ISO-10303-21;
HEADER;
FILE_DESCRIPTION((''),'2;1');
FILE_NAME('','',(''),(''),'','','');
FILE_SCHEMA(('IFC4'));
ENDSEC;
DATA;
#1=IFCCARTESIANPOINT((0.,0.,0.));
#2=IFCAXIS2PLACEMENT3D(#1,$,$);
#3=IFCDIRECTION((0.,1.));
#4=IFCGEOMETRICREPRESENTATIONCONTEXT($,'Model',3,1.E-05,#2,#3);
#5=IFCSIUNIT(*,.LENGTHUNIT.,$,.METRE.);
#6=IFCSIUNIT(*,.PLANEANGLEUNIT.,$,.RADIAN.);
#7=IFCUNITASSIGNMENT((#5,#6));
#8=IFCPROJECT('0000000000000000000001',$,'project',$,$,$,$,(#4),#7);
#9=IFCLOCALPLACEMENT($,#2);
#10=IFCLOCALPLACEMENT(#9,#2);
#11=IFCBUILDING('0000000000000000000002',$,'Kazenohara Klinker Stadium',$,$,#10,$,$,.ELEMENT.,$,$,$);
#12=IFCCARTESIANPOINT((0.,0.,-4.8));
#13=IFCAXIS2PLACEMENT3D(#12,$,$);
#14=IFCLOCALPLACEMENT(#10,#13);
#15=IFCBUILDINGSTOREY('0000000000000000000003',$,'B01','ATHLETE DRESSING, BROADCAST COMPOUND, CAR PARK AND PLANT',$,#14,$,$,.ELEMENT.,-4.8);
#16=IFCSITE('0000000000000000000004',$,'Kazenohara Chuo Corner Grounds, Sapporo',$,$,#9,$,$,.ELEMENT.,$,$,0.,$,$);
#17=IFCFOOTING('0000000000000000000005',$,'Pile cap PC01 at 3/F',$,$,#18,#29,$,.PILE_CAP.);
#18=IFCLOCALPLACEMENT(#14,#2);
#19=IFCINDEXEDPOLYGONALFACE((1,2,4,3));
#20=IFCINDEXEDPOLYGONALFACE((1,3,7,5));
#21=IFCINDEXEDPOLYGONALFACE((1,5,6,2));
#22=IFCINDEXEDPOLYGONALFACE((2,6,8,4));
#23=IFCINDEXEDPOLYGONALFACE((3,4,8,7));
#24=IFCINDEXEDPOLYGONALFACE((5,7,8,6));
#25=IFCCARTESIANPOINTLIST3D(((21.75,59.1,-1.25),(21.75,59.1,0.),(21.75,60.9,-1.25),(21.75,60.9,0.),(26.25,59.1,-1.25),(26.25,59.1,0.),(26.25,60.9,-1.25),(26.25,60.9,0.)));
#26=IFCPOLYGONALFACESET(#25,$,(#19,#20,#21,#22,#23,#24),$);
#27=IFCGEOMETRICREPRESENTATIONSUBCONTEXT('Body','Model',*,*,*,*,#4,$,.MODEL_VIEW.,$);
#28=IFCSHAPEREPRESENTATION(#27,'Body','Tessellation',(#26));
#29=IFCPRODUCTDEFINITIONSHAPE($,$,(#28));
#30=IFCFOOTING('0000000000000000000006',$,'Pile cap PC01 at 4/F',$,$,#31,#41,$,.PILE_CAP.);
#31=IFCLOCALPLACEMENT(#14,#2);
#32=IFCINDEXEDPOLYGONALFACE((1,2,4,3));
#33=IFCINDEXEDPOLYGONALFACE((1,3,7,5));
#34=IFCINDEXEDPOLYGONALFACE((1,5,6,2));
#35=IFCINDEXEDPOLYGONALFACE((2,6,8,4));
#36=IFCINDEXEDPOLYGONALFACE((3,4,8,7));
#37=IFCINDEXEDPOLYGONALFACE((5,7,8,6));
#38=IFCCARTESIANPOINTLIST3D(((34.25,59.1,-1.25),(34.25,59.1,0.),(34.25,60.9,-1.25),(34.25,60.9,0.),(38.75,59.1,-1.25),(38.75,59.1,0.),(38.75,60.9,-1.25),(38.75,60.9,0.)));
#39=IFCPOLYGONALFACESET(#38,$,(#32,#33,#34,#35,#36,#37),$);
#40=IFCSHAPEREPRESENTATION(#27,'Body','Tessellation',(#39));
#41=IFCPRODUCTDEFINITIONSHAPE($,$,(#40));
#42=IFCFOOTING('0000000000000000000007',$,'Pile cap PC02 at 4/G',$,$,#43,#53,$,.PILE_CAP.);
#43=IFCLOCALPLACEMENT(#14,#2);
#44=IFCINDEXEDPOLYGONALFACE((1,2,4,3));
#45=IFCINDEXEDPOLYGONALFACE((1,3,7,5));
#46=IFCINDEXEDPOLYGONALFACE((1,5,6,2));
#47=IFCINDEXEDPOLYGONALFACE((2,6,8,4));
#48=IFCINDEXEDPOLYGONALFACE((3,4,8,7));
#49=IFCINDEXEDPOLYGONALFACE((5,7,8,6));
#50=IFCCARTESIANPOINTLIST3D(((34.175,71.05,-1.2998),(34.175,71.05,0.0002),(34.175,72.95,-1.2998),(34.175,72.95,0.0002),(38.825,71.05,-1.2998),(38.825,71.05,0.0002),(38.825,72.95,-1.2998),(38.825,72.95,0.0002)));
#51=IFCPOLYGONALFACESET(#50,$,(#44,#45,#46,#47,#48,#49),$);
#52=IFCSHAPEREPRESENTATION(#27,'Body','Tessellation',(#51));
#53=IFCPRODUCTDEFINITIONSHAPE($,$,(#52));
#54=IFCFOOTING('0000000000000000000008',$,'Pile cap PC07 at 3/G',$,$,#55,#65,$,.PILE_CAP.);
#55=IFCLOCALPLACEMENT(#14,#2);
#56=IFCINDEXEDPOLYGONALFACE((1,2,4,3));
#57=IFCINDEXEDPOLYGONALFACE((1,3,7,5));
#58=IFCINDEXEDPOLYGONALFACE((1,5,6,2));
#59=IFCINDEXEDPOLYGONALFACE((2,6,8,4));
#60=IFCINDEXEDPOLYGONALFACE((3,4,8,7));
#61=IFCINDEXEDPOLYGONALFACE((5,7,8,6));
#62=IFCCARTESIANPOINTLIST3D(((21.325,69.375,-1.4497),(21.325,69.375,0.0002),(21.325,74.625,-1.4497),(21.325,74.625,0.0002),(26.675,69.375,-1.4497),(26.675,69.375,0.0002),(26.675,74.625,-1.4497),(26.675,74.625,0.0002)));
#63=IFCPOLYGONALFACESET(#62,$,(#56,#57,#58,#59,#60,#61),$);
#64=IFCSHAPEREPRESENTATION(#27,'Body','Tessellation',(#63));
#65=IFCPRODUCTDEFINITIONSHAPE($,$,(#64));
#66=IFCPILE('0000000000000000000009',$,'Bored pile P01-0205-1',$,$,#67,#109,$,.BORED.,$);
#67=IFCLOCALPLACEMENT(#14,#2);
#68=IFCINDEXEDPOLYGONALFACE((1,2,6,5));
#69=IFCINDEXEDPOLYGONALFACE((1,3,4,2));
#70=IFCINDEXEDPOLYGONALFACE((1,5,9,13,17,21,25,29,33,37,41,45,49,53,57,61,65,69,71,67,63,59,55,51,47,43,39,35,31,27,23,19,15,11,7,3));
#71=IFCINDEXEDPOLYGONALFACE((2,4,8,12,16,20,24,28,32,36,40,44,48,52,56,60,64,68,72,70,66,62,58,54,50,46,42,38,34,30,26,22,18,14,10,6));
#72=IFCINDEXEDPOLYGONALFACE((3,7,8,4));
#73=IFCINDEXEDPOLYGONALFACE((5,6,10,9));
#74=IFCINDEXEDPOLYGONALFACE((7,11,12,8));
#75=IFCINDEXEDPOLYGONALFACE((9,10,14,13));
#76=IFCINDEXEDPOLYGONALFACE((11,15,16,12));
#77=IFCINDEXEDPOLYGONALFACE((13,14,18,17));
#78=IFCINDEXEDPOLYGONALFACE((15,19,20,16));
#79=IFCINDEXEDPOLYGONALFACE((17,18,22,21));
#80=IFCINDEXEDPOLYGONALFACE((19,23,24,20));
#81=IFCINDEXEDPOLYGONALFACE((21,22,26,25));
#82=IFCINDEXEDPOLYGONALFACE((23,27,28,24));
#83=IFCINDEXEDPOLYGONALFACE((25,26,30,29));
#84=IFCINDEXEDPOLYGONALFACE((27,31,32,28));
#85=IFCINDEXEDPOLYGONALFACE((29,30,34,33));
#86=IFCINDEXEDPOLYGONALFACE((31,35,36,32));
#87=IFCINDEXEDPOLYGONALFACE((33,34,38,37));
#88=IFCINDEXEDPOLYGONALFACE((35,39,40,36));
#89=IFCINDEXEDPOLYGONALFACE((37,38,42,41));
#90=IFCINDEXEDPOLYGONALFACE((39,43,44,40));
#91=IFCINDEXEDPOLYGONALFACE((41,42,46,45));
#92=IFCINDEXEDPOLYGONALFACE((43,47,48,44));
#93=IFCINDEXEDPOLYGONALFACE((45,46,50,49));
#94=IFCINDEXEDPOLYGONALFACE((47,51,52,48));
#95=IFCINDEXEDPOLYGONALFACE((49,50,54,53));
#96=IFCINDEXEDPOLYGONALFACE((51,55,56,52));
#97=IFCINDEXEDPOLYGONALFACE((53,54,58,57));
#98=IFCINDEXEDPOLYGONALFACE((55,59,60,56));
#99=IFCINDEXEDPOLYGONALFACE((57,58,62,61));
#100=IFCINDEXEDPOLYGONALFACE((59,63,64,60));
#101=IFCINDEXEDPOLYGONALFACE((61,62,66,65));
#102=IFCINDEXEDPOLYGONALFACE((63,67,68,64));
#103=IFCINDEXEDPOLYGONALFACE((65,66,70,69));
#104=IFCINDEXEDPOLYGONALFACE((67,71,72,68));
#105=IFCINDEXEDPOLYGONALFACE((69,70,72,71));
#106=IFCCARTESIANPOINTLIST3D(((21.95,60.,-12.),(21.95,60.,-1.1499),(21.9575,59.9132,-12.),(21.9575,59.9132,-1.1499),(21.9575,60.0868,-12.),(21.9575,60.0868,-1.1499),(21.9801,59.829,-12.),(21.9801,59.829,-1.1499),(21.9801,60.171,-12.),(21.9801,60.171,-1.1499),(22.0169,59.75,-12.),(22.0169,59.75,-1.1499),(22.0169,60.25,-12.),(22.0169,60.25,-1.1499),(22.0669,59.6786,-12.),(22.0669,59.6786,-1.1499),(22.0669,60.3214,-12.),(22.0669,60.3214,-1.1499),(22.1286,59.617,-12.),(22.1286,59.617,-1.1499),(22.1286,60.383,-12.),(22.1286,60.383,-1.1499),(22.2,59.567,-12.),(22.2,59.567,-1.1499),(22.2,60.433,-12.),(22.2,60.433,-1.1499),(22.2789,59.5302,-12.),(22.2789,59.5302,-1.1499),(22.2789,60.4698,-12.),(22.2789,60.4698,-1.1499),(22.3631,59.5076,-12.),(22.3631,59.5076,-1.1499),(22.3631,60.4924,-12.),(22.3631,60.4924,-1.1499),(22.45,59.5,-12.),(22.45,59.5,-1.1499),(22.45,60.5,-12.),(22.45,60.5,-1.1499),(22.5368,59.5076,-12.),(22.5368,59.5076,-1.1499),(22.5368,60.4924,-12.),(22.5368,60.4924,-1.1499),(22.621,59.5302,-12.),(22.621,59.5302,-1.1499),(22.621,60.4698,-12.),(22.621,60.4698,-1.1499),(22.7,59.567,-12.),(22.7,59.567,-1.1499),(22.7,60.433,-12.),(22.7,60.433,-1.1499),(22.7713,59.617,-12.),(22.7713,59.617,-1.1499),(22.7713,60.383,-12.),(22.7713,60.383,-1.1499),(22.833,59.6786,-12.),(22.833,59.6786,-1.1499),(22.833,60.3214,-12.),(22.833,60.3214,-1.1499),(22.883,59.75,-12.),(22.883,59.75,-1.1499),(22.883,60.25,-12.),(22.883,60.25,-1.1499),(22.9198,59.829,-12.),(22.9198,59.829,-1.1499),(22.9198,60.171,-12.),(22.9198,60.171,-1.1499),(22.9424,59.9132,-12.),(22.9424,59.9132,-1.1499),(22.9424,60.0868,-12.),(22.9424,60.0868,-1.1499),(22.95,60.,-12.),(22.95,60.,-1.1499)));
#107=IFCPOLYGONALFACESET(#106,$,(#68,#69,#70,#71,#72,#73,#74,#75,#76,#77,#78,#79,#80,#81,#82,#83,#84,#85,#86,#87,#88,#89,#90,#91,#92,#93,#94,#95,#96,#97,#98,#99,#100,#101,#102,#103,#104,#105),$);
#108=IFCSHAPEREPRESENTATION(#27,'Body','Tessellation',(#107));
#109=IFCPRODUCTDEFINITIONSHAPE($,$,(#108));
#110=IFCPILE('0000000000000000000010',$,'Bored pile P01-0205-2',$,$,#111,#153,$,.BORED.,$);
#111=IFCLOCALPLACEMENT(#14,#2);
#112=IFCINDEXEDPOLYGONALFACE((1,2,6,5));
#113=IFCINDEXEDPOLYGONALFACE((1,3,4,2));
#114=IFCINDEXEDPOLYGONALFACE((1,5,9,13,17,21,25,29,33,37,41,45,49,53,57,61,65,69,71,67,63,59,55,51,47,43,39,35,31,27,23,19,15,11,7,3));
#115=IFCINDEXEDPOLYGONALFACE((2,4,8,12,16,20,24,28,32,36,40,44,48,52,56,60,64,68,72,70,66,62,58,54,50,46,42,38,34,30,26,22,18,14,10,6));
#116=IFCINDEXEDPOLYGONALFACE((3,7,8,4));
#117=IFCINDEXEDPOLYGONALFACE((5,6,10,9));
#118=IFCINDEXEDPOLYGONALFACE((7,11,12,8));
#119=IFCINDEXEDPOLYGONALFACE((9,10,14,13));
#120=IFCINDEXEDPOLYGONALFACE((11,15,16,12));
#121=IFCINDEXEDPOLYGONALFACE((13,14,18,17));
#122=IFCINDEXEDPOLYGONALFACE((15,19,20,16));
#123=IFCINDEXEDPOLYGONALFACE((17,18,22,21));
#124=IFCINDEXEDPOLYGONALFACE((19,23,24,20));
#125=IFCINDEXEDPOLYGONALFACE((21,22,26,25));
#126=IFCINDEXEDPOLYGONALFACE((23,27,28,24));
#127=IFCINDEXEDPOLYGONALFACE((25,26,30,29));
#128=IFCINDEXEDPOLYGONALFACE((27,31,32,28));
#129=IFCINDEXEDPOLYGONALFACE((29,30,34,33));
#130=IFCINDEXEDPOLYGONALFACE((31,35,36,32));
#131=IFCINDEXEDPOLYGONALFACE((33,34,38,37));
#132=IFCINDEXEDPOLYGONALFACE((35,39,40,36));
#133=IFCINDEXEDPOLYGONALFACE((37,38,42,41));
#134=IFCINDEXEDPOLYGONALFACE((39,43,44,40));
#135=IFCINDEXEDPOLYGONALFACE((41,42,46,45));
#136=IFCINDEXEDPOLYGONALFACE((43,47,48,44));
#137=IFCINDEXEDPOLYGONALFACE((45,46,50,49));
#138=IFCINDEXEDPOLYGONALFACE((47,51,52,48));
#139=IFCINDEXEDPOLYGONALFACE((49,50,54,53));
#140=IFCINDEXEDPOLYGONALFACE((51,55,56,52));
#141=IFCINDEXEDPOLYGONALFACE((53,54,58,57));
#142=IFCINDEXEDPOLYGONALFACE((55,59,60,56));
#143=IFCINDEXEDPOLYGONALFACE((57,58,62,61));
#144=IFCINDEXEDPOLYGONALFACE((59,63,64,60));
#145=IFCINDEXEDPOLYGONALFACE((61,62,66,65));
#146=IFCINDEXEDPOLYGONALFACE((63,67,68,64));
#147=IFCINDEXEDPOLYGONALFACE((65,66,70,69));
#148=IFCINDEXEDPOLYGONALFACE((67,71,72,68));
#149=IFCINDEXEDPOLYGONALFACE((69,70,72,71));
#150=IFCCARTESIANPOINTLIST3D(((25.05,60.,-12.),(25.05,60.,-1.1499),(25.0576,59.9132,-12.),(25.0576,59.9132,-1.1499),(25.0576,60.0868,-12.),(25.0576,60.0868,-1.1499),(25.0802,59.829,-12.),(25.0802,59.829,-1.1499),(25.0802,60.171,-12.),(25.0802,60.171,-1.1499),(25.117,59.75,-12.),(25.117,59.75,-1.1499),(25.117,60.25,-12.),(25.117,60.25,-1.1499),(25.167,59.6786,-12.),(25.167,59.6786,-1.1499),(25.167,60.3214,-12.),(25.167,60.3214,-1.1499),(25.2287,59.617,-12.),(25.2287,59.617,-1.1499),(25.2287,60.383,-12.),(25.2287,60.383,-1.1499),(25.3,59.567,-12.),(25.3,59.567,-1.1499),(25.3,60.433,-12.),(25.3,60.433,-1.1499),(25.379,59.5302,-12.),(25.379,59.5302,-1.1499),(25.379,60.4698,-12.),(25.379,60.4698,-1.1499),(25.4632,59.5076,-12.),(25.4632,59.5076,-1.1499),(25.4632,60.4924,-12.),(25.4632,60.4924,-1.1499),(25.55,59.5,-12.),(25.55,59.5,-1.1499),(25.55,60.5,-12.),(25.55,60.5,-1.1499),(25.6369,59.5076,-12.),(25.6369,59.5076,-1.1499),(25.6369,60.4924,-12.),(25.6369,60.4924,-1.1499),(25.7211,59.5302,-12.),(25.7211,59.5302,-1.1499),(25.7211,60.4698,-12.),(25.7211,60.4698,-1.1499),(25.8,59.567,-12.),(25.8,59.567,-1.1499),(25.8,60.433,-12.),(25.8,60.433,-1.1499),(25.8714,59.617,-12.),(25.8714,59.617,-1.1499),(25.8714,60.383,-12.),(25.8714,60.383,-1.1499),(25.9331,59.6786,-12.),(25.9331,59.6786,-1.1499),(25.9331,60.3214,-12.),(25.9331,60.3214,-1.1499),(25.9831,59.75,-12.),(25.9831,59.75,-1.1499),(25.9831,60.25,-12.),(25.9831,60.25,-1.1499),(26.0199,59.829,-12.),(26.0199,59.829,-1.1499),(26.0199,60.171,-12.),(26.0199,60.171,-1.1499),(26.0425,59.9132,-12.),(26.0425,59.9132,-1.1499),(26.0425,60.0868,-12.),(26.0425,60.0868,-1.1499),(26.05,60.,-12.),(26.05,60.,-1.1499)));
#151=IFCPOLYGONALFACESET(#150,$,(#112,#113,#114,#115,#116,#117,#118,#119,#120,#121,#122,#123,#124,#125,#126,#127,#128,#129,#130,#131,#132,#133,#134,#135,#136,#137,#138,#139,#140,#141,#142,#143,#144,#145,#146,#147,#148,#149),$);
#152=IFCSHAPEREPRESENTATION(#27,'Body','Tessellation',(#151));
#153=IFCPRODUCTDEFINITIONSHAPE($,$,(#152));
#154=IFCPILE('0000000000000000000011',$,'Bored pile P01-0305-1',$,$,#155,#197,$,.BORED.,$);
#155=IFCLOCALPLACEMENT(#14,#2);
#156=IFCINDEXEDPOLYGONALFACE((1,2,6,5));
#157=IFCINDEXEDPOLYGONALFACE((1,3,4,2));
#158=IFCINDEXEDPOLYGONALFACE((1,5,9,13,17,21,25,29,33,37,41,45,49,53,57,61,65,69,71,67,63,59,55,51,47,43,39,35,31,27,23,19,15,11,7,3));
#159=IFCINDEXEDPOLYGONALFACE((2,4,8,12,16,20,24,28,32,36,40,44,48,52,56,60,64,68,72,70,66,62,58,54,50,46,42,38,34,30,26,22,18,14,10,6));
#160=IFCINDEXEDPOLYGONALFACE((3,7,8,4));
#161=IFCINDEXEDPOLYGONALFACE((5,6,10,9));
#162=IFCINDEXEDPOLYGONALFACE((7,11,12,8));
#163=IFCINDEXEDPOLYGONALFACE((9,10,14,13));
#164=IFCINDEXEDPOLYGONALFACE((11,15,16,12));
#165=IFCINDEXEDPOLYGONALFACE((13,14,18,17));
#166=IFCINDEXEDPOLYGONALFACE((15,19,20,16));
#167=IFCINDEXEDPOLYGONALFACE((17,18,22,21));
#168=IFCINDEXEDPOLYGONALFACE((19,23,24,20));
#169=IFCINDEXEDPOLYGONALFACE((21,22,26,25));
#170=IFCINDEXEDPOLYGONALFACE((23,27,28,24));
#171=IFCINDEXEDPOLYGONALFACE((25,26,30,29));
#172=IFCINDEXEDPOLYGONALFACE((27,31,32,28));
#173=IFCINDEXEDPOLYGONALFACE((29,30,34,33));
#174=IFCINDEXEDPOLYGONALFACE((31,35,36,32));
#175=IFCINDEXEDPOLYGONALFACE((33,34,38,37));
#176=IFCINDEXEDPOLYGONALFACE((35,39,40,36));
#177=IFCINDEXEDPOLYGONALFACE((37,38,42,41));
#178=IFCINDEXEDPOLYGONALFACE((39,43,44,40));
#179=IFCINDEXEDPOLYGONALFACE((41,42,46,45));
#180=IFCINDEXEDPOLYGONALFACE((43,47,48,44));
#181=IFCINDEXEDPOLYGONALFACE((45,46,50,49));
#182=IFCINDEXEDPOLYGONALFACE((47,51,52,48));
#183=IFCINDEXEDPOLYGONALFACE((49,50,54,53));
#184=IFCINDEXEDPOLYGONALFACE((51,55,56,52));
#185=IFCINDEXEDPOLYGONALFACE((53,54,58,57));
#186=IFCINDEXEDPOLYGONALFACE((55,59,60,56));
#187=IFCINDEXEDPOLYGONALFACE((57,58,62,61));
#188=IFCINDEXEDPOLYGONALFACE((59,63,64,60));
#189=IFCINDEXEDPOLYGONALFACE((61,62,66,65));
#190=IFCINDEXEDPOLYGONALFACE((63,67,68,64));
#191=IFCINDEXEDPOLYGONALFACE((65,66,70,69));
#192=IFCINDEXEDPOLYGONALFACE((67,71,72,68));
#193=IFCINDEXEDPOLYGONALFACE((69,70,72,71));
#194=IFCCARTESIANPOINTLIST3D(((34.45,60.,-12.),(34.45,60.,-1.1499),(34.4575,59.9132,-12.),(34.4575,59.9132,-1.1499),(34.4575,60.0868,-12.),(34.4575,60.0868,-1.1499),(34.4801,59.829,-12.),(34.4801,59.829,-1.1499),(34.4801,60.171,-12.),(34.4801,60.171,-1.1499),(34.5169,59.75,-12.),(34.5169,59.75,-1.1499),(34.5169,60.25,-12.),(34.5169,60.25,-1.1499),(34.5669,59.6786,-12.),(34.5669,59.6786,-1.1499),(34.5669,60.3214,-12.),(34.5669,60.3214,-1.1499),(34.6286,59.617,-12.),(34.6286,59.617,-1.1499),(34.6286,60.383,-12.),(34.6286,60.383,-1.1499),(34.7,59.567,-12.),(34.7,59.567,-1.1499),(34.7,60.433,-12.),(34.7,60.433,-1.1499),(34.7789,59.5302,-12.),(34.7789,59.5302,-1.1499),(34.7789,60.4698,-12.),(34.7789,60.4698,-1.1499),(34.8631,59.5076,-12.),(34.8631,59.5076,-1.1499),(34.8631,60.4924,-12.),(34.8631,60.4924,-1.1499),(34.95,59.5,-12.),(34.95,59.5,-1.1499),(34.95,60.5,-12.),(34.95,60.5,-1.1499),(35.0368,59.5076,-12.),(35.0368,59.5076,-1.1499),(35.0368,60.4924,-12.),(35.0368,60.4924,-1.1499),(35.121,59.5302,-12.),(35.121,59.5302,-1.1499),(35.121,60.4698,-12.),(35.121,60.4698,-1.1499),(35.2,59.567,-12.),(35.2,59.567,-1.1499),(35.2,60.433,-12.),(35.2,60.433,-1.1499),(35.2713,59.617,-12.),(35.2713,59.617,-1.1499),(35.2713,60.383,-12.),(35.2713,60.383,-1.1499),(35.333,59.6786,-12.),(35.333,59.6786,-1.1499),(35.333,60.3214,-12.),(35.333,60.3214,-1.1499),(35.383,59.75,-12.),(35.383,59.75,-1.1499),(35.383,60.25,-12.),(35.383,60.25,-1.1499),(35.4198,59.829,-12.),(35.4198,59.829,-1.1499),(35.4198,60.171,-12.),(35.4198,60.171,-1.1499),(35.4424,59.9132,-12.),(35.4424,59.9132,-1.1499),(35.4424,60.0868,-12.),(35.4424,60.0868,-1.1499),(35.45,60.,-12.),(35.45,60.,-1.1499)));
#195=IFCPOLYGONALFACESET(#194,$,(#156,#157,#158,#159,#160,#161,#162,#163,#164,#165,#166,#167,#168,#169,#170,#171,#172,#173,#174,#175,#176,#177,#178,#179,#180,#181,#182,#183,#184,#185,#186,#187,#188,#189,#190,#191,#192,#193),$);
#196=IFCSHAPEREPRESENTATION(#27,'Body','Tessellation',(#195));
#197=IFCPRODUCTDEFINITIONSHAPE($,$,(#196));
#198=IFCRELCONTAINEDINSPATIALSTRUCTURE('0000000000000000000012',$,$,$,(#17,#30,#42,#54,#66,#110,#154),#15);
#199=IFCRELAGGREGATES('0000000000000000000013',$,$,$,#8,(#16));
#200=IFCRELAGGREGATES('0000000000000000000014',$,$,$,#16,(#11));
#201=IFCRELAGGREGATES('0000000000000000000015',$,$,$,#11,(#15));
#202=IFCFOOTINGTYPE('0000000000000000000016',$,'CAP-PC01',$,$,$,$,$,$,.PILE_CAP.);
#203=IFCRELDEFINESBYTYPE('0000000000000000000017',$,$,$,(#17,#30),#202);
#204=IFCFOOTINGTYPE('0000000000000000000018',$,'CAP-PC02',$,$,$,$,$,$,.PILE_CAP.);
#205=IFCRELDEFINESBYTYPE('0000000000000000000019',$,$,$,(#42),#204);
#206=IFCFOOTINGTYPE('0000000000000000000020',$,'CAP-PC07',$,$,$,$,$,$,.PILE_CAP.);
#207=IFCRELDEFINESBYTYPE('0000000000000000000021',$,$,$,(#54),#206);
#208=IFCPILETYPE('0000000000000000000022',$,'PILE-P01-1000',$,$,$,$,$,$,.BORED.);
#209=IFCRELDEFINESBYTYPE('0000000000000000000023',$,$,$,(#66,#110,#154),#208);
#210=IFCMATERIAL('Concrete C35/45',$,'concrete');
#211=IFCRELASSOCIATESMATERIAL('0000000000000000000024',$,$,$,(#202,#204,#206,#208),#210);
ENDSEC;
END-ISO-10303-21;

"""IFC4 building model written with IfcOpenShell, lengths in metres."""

from ifc_helpers import new_model, si_unit, direction, frame, origin, origin_2d, place, context, subcontext, project, spatial, rectangle, circle, extrude, material, material_profile, profile_set, type_object, element, save


model = new_model("IFC4")

# Units and contexts
model_context = context("Model", 3, precision=1e-05, world=origin(), true_north=direction((0.0, 1.0)))
body_context = subcontext(model_context, "Body", "Model", "MODEL_VIEW")
ifc_project = project(units=[si_unit("LENGTHUNIT", "METRE"), si_unit("PLANEANGLEUNIT", "RADIAN")], contexts=[model_context])

# Site, building, storey
site_placement = place(None, origin())
site = spatial("IfcSite", under=ifc_project, at=site_placement, Name="Kazenohara Chuo Corner Grounds, Sapporo", CompositionType="ELEMENT", RefElevation=0.0)
building_placement = place(site_placement, origin())
building = spatial("IfcBuilding", under=site, at=building_placement, Name="Kazenohara Klinker Stadium", CompositionType="ELEMENT")
storey_placement = place(building_placement, frame((0.0, 0.0, -4.8)))
storey = spatial("IfcBuildingStorey", under=building, at=storey_placement, Name="B01", Description="ATHLETE DRESSING, BROADCAST COMPOUND, CAR PARK AND PLANT", CompositionType="ELEMENT", Elevation=-4.8)

# Footings
ifc_material_1 = material(Name="Concrete C35/45", Category="concrete")
footing_type_1 = type_object("IfcFootingType", Name="CAP-PC01", PredefinedType="PILE_CAP", material=ifc_material_1)
for number, where, z_axis, x_axis, name in (
    (1, (24.0, 60.0, -1.25), (0.0, 0.0, 1.0), (1.0, 0.0, 0.0), "Pile cap PC01 at 3/F"),
    (2, (36.5, 60.0, -1.25), (0.0, 0.0, 1.0), (1.0, 0.0, 0.0), "Pile cap PC01 at 4/F"),
):
    element("IfcFooting", number, at=place(storey_placement, frame(where, z_axis=z_axis, x_axis=x_axis)), inside=storey, type_object=footing_type_1, Name=name, PredefinedType="PILE_CAP", context=body_context, shape_type="SweptSolid", body=[
        extrude(rectangle(XDim=4.5, YDim=1.8, at=origin_2d()), origin(), (0.0, 0.0, 1.0), 1.25),
    ])
footing_type_2 = type_object("IfcFootingType", Name="CAP-PC02", PredefinedType="PILE_CAP", material=ifc_material_1)
footing_1_placement = place(storey_placement, frame((36.5, 72.0, -1.2998), z_axis=(0.0, 0.0, 1.0), x_axis=(1.0, 0.0, 0.0)))
element("IfcFooting", 3, at=footing_1_placement, inside=storey, type_object=footing_type_2, Name="Pile cap PC02 at 4/G", PredefinedType="PILE_CAP", context=body_context, shape_type="SweptSolid", body=[
    extrude(rectangle(XDim=4.6499, YDim=1.8999, at=origin_2d()), origin(), (0.0, 0.0, 1.0), 1.3),
])
footing_type_3 = type_object("IfcFootingType", Name="CAP-PC07", PredefinedType="PILE_CAP", material=ifc_material_1)
footing_2_placement = place(storey_placement, frame((24.0, 72.0, -1.4497), z_axis=(0.0, 0.0, 1.0), x_axis=(1.0, 0.0, 0.0)))
element("IfcFooting", 4, at=footing_2_placement, inside=storey, type_object=footing_type_3, Name="Pile cap PC07 at 3/G", PredefinedType="PILE_CAP", context=body_context, shape_type="SweptSolid", body=[
    extrude(rectangle(XDim=5.3501, YDim=5.25, at=origin_2d()), origin(), (0.0, 0.0, 1.0), 1.45),
])

# Piles
ifc_material_profile_1 = material_profile(ifc_material_1, circle(Radius=0.5, at=origin_2d()), Name="BORED-PILE-1000")
ifc_profile_set_1 = profile_set([ifc_material_profile_1], Name="Concrete C35/45")
pile_type_1 = type_object("IfcPileType", Name="PILE-P01-1000", PredefinedType="BORED", material=ifc_profile_set_1)
for number, where, z_axis, x_axis, name in (
    (5, (22.45, 60.0, -1.1499), (0.0, 0.0, -1.0), (1.0, 0.0, 0.0), "Bored pile P01-0205-1"),
    (6, (25.55, 60.0, -1.1499), (0.0, 0.0, -1.0), (1.0, 0.0, 0.0), "Bored pile P01-0205-2"),
    (7, (34.95, 60.0, -1.1499), (0.0, 0.0, -1.0), (1.0, 0.0, 0.0), "Bored pile P01-0305-1"),
):
    element("IfcPile", number, at=place(storey_placement, frame(where, z_axis=z_axis, x_axis=x_axis)), inside=storey, type_object=pile_type_1, Name=name, PredefinedType="BORED", context=body_context, shape_type="SweptSolid", body=[
        extrude(circle(Radius=0.5, at=origin_2d()), origin(), (0.0, 0.0, 1.0), 10.8501),
    ])

save(model, "model.ifc")
